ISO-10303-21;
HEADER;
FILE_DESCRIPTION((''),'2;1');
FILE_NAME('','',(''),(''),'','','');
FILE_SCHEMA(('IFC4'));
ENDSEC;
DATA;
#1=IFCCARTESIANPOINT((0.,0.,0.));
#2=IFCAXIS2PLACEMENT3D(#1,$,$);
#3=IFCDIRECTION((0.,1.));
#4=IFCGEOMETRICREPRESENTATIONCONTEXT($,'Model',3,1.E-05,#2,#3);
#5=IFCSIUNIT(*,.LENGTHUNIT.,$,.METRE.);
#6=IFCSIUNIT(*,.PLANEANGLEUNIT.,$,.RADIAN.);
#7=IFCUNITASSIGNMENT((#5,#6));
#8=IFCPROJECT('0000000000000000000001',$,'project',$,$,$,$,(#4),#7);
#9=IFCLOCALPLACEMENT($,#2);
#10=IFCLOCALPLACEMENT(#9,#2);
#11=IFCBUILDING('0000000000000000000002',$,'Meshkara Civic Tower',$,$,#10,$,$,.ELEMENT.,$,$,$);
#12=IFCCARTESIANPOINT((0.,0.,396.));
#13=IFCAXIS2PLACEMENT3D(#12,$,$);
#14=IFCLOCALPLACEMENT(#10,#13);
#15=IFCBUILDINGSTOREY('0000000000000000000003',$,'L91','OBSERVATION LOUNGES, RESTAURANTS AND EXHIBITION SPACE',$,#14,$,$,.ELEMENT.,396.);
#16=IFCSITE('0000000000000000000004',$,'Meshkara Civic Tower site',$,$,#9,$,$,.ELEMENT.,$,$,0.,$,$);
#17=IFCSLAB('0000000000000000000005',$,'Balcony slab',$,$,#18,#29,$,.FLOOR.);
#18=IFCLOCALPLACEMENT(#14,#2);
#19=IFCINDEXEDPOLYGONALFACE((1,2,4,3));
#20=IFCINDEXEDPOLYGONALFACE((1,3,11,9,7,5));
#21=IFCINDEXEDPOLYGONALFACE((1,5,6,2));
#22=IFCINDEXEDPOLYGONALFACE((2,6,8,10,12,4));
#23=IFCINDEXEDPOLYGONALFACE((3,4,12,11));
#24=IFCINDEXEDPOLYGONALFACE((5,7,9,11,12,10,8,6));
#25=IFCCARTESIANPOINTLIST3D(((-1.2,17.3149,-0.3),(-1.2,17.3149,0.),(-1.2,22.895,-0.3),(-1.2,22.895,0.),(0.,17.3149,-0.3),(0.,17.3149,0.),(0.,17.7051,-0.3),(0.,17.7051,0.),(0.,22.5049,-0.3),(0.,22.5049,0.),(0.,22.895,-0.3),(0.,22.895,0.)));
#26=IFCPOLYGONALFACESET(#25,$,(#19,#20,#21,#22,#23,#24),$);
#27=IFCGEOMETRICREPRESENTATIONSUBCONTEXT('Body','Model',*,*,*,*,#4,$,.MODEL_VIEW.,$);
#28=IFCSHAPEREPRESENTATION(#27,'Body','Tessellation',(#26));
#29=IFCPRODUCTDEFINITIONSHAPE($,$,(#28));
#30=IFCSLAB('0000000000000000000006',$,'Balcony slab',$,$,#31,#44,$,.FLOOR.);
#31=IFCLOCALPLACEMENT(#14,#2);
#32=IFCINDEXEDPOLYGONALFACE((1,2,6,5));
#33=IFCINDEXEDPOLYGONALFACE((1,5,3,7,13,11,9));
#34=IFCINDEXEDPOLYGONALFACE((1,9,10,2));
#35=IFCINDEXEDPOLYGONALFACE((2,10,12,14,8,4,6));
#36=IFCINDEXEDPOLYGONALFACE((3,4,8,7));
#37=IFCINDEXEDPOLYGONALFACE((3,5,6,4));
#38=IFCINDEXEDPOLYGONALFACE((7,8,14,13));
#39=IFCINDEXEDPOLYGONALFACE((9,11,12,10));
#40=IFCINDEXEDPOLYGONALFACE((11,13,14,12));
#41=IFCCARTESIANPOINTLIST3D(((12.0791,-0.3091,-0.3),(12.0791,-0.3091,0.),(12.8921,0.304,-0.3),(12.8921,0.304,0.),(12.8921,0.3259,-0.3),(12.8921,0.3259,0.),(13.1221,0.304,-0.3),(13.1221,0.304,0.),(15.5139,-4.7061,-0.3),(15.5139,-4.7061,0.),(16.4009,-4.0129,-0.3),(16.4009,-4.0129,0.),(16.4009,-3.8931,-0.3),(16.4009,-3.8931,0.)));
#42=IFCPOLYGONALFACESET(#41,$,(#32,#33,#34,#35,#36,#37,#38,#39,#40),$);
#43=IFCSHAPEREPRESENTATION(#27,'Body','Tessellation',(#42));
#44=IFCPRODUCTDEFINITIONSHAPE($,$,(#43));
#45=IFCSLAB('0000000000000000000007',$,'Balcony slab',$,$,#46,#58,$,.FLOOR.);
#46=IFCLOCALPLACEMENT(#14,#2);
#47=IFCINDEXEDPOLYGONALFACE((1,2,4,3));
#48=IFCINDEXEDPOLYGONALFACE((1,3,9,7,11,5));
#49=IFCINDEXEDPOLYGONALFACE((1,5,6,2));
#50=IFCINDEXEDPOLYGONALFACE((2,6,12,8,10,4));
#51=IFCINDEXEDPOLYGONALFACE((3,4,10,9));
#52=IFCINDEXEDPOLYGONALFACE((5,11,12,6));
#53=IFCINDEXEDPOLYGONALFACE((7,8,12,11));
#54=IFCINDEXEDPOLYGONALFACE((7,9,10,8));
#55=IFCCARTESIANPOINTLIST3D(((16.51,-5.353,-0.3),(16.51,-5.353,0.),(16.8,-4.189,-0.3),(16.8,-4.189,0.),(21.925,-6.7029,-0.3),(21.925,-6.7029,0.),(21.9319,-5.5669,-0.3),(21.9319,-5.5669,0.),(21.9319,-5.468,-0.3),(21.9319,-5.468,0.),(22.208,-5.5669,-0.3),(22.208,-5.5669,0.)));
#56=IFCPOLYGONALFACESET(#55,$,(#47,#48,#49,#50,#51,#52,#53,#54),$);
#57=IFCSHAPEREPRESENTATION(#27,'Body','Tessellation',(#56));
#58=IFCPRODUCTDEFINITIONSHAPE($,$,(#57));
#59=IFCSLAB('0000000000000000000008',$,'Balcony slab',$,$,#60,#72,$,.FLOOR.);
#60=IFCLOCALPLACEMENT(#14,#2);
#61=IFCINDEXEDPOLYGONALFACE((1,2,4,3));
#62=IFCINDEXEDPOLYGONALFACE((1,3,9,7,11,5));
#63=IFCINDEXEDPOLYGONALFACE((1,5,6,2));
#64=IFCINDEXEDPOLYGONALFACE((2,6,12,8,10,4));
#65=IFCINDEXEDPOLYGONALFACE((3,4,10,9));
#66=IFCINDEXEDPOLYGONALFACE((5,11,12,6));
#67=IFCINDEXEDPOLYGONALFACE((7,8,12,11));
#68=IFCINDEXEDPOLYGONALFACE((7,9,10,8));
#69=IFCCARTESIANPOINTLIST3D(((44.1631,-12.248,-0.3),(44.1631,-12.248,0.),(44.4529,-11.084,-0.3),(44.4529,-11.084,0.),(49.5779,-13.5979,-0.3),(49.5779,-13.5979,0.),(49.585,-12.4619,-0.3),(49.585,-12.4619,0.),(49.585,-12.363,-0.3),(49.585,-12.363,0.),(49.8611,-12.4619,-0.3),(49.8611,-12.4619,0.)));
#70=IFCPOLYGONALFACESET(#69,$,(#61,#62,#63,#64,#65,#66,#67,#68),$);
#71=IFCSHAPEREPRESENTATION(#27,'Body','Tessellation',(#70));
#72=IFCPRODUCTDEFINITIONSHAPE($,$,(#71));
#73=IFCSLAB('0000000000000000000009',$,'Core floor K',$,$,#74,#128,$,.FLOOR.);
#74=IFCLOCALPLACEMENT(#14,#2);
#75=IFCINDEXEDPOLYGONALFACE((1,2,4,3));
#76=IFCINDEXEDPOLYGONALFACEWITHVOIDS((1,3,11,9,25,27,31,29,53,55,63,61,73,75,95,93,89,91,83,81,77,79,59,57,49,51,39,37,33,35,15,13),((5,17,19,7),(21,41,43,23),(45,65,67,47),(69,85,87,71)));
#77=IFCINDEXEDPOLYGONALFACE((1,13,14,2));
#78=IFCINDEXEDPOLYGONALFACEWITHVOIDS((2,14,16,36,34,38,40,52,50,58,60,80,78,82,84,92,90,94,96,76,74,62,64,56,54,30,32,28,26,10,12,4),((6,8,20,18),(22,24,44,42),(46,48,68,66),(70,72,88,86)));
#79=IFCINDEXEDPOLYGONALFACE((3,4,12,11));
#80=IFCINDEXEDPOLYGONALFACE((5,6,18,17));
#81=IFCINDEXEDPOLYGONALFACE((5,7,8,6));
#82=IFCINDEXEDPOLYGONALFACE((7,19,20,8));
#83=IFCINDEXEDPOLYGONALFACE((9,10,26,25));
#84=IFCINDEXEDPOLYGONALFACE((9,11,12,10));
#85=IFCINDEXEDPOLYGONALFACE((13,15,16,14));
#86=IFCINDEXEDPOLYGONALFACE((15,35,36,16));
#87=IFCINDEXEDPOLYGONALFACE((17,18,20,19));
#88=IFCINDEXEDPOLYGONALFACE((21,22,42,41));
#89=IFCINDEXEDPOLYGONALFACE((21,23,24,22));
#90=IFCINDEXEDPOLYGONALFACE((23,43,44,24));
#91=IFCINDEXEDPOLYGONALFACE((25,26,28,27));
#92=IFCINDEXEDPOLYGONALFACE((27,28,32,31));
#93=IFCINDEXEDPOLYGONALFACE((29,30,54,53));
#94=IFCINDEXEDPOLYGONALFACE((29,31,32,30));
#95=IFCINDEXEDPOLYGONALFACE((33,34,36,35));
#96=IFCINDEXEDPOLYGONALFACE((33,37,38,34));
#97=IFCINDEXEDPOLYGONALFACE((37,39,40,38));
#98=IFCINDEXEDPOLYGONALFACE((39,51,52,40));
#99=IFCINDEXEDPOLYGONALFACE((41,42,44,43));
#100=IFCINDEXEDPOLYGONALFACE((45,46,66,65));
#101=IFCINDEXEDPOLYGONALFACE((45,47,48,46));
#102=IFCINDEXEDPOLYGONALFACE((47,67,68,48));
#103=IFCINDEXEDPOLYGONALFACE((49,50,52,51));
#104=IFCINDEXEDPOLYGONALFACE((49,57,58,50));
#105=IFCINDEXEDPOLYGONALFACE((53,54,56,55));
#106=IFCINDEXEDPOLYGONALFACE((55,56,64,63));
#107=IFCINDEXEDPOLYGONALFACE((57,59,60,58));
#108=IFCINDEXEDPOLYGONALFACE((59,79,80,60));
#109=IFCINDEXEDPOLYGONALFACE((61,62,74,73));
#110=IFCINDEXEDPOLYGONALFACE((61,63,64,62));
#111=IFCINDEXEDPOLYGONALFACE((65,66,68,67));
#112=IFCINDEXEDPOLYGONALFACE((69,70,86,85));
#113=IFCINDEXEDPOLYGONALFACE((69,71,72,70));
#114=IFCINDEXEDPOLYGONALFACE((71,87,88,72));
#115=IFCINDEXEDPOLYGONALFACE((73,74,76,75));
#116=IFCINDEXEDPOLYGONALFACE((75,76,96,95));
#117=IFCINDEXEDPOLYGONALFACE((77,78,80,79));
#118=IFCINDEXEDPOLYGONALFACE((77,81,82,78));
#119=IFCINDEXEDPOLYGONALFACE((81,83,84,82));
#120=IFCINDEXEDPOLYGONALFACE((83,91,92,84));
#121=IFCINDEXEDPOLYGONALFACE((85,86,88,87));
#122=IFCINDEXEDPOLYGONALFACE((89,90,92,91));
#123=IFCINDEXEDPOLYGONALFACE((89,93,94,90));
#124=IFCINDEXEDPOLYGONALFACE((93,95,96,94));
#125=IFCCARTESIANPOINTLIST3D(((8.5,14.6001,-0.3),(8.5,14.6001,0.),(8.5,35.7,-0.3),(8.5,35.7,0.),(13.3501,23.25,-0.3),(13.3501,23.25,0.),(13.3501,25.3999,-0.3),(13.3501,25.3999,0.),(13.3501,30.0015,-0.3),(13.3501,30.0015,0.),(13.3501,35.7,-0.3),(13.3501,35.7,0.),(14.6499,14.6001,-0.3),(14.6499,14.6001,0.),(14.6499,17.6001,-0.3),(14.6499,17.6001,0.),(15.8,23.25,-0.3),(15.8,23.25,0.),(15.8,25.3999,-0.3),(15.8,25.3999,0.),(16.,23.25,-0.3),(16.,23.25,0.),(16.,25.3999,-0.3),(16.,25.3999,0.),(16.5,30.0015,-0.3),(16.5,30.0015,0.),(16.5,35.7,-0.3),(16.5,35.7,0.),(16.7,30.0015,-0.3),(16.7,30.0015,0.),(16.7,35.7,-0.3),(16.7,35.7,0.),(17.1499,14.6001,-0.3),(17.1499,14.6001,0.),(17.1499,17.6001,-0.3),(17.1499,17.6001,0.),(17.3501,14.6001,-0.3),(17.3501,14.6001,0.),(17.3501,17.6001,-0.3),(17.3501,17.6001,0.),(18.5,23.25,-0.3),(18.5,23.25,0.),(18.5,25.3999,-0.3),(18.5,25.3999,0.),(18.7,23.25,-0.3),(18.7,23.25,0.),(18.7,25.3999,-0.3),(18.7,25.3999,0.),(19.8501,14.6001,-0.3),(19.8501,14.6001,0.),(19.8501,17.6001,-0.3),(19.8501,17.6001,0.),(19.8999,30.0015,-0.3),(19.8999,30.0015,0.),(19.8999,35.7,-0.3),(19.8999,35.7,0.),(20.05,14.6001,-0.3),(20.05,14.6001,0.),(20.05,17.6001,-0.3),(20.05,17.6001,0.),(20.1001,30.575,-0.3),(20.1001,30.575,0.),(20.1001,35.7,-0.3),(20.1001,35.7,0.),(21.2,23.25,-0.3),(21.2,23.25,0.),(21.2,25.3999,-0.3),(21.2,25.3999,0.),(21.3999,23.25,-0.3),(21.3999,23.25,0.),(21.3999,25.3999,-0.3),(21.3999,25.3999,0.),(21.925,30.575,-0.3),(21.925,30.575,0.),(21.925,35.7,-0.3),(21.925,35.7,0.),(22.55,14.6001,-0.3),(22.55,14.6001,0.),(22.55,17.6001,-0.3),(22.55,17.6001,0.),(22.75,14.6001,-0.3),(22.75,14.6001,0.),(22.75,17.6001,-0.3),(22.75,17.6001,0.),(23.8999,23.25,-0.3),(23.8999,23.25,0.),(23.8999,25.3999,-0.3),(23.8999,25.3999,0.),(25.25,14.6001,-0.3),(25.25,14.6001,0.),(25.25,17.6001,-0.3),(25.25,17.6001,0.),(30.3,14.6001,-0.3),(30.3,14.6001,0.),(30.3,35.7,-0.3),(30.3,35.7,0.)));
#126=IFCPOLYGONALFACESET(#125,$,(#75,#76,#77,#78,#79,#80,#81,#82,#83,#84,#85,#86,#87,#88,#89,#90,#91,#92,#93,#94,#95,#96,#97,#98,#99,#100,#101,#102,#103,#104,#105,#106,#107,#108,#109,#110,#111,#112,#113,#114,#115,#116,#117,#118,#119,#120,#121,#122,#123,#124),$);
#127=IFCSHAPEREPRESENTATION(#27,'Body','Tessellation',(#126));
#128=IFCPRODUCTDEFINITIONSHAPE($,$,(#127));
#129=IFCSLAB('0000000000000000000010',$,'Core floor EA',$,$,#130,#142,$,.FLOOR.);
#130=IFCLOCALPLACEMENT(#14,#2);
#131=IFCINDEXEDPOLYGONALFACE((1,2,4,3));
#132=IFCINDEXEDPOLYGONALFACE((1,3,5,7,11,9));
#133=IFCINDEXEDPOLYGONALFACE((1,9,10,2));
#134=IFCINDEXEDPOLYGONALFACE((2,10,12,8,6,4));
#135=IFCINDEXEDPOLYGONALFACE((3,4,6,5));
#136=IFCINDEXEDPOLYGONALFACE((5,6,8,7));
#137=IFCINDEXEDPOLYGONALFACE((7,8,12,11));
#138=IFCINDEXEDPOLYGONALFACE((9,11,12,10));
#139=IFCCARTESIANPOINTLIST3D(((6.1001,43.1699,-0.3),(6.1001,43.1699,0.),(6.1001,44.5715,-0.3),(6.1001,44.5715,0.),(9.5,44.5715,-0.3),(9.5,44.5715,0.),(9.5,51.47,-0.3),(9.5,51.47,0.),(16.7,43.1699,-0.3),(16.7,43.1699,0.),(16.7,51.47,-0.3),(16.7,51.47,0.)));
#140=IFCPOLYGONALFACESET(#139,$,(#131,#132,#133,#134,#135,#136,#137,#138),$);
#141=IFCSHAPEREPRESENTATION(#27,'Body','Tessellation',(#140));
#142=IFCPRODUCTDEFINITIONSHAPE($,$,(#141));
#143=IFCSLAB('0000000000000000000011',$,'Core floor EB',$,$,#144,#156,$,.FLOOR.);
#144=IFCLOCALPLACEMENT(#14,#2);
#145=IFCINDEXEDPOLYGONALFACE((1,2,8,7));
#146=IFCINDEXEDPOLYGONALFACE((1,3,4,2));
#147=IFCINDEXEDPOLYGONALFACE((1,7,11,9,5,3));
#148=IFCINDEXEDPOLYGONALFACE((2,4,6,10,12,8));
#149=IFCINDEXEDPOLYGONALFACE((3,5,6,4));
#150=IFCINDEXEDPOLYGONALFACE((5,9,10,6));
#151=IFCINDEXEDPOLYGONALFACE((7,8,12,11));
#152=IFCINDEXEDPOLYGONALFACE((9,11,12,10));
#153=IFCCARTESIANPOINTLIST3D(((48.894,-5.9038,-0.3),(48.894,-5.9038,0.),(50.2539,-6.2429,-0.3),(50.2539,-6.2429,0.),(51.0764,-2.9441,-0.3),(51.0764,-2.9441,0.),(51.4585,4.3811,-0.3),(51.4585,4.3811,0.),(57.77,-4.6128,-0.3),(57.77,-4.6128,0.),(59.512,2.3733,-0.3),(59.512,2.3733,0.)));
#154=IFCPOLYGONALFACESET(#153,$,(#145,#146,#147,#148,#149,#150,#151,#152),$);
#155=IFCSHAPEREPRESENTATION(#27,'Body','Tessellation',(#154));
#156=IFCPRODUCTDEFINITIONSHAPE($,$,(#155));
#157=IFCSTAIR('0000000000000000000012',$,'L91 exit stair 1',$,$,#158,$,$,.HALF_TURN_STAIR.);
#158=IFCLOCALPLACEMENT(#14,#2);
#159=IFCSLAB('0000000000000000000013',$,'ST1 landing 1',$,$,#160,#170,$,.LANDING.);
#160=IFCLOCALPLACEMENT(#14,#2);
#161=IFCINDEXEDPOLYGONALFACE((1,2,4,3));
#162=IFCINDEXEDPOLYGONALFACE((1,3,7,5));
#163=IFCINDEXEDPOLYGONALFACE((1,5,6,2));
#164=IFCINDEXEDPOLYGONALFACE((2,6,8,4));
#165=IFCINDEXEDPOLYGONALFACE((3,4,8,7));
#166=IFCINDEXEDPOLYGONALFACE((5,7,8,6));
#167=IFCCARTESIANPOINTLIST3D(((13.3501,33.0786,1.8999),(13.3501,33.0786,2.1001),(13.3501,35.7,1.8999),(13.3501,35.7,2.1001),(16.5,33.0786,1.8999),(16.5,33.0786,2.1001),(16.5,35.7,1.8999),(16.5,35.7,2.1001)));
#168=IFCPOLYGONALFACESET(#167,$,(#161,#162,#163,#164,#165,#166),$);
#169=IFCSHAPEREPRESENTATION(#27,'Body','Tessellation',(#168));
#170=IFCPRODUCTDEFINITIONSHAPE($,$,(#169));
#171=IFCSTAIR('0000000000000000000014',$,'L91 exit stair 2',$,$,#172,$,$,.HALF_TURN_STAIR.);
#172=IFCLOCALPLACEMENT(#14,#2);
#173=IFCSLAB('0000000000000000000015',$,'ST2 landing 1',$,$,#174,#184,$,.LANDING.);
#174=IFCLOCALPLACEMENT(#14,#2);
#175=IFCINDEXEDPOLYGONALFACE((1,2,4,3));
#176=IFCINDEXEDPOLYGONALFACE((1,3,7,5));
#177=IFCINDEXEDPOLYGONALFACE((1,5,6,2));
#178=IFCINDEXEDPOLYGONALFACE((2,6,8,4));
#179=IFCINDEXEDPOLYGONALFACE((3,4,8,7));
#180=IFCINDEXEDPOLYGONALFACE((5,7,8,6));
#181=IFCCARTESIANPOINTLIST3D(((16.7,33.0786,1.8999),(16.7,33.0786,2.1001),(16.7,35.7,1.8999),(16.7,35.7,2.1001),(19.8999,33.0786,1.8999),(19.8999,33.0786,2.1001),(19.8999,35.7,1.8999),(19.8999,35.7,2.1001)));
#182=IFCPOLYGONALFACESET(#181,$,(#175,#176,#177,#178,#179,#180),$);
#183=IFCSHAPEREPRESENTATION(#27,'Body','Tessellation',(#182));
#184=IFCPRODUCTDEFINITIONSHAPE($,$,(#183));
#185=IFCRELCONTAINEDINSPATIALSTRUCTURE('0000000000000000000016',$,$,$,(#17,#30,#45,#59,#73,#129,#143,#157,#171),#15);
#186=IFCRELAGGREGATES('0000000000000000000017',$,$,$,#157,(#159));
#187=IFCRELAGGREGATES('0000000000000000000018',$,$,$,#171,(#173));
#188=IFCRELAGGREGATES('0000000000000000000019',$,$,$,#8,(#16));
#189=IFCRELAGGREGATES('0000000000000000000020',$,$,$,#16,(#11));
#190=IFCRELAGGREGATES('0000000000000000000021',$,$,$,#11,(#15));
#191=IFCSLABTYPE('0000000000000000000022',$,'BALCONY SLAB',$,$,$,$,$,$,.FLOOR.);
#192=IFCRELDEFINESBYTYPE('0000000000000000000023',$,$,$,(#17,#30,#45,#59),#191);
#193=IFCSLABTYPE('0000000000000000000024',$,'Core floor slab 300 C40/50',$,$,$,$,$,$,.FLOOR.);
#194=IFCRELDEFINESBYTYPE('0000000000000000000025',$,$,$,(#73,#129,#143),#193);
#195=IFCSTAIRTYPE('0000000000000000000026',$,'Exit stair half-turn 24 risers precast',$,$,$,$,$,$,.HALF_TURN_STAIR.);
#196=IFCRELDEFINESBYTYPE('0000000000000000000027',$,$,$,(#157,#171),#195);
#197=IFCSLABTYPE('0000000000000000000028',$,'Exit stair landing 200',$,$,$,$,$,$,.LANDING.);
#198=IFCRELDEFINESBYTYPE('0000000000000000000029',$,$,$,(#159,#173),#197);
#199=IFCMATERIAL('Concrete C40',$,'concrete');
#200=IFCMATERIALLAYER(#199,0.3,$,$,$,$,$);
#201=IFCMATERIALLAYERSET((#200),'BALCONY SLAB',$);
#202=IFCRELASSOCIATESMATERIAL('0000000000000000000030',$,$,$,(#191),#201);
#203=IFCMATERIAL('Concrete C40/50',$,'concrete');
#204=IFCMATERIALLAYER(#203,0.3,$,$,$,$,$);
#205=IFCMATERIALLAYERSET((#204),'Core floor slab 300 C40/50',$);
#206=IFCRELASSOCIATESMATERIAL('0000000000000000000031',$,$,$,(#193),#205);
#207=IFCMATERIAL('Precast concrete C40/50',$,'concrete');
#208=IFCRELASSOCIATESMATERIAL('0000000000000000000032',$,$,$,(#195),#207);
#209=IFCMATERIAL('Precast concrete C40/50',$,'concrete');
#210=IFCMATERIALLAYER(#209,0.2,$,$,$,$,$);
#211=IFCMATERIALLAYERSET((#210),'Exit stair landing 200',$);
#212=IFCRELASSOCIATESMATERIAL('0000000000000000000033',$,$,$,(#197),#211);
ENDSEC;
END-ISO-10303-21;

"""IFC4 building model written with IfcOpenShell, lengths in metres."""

from ifc_helpers import new_model, si_unit, direction, frame, origin, place, context, subcontext, project, spatial, polyline, outline, extrude, material, layer, layer_set, type_object, element, aggregate, save


model = new_model("IFC4")

# Units and contexts
model_context = context("Model", 3, precision=1e-05, world=origin(), true_north=direction((0.0, 1.0)))
body_context = subcontext(model_context, "Body", "Model", "MODEL_VIEW")
ifc_project = project(units=[si_unit("LENGTHUNIT", "METRE"), si_unit("PLANEANGLEUNIT", "RADIAN")], contexts=[model_context])

# Site, building, storey
site_placement = place(None, origin())
site = spatial("IfcSite", under=ifc_project, at=site_placement, Name="Meshkara Civic Tower site", CompositionType="ELEMENT", RefElevation=0.0)
building_placement = place(site_placement, origin())
building = spatial("IfcBuilding", under=site, at=building_placement, Name="Meshkara Civic Tower", CompositionType="ELEMENT")
storey_placement = place(building_placement, frame((0.0, 0.0, 396.0)))
storey = spatial("IfcBuildingStorey", under=building, at=storey_placement, Name="L91", Description="OBSERVATION LOUNGES, RESTAURANTS AND EXHIBITION SPACE", CompositionType="ELEMENT", Elevation=396.0)

# Slabs
ifc_material_1 = material(Name="Concrete C40", Category="concrete")
ifc_layer_1 = layer(ifc_material_1, 0.3)
ifc_layer_set_1 = layer_set([ifc_layer_1], Name="BALCONY SLAB")
slab_type_1 = type_object("IfcSlabType", Name="BALCONY SLAB", PredefinedType="FLOOR", material=ifc_layer_set_1)
slab_1_placement = place(storey_placement, frame((0.0, 0.0, -0.3)))
element("IfcSlab", 1, at=slab_1_placement, inside=storey, type_object=slab_type_1, Name="Balcony slab", PredefinedType="FLOOR", context=body_context, shape_type="SweptSolid", body=[
    extrude(outline(polyline([(0.0, 17.7051), (0.0, 17.3149), (-1.2, 17.3149), (-1.2, 22.895), (0.0, 22.895), (0.0, 22.5049), (0.0, 17.7051)])), origin(), (0.0, 0.0, 1.0), 0.3),
])
slab_2_placement = place(storey_placement, frame((0.0, 0.0, -0.3)))
element("IfcSlab", 2, at=slab_2_placement, inside=storey, type_object=slab_type_1, Name="Balcony slab", PredefinedType="FLOOR", context=body_context, shape_type="SweptSolid", body=[
    extrude(outline(polyline([(15.5139, -4.7061), (12.0791, -0.3091), (12.8921, 0.3259), (12.8921, 0.304), (13.1221, 0.304), (16.4009, -3.8931), (16.4009, -4.0129), (15.5139, -4.7061)])), origin(), (0.0, 0.0, 1.0), 0.3),
])
slab_3_placement = place(storey_placement, frame((0.0, 0.0, -0.3)))
element("IfcSlab", 3, at=slab_3_placement, inside=storey, type_object=slab_type_1, Name="Balcony slab", PredefinedType="FLOOR", context=body_context, shape_type="SweptSolid", body=[
    extrude(outline(polyline([(21.925, -6.7029), (16.51, -5.353), (16.8, -4.189), (21.9319, -5.468), (21.9319, -5.5669), (22.208, -5.5669), (21.925, -6.7029)])), origin(), (0.0, 0.0, 1.0), 0.3),
])
slab_4_placement = place(storey_placement, frame((0.0, 0.0, -0.3)))
element("IfcSlab", 4, at=slab_4_placement, inside=storey, type_object=slab_type_1, Name="Balcony slab", PredefinedType="FLOOR", context=body_context, shape_type="SweptSolid", body=[
    extrude(outline(polyline([(49.5779, -13.5979), (44.1631, -12.248), (44.4529, -11.084), (49.585, -12.363), (49.585, -12.4619), (49.8611, -12.4619), (49.5779, -13.5979)])), origin(), (0.0, 0.0, 1.0), 0.3),
])
ifc_material_2 = material(Name="Concrete C40/50", Category="concrete")
ifc_layer_2 = layer(ifc_material_2, 0.3)
ifc_layer_set_2 = layer_set([ifc_layer_2], Name="Core floor slab 300 C40/50")
slab_type_2 = type_object("IfcSlabType", Name="Core floor slab 300 C40/50", PredefinedType="FLOOR", material=ifc_layer_set_2)
slab_5_placement = place(storey_placement, frame((0.0, 0.0, -0.3)))
element("IfcSlab", 5, at=slab_5_placement, inside=storey, type_object=slab_type_2, Name="Core floor K", PredefinedType="FLOOR", context=body_context, shape_type="SweptSolid", body=[
    extrude(outline(polyline([(8.5, 35.7), (13.3501, 35.7), (13.3501, 30.0015), (16.5, 30.0015), (16.5, 35.7), (16.7, 35.7), (16.7, 30.0015), (19.8999, 30.0015), (19.8999, 35.7), (20.1001, 35.7), (20.1001, 30.575), (21.925, 30.575), (21.925, 35.7), (30.3, 35.7), (30.3, 14.6001), (25.25, 14.6001), (25.25, 17.6001), (22.75, 17.6001), (22.75, 14.6001), (22.55, 14.6001), (22.55, 17.6001), (20.05, 17.6001), (20.05, 14.6001), (19.8501, 14.6001), (19.8501, 17.6001), (17.3501, 17.6001), (17.3501, 14.6001), (17.1499, 14.6001), (17.1499, 17.6001), (14.6499, 17.6001), (14.6499, 14.6001), (8.5, 14.6001), (8.5, 35.7)]), holes=[polyline([(13.3501, 23.25), (15.8, 23.25), (15.8, 25.3999), (13.3501, 25.3999), (13.3501, 23.25)]), polyline([(18.5, 23.25), (18.5, 25.3999), (16.0, 25.3999), (16.0, 23.25), (18.5, 23.25)]), polyline([(18.7, 23.25), (21.2, 23.25), (21.2, 25.3999), (18.7, 25.3999), (18.7, 23.25)]), polyline([(23.8999, 23.25), (23.8999, 25.3999), (21.3999, 25.3999), (21.3999, 23.25), (23.8999, 23.25)])]), origin(), (0.0, 0.0, 1.0), 0.3),
])
slab_6_placement = place(storey_placement, frame((0.0, 0.0, -0.3)))
element("IfcSlab", 6, at=slab_6_placement, inside=storey, type_object=slab_type_2, Name="Core floor EA", PredefinedType="FLOOR", context=body_context, shape_type="SweptSolid", body=[
    extrude(outline(polyline([(16.7, 43.1699), (16.7, 51.47), (9.5, 51.47), (9.5, 44.5715), (6.1001, 44.5715), (6.1001, 43.1699), (16.7, 43.1699)])), origin(), (0.0, 0.0, 1.0), 0.3),
])
slab_7_placement = place(storey_placement, frame((0.0, 0.0, -0.3)))
element("IfcSlab", 7, at=slab_7_placement, inside=storey, type_object=slab_type_2, Name="Core floor EB", PredefinedType="FLOOR", context=body_context, shape_type="SweptSolid", body=[
    extrude(outline(polyline([(51.4585, 4.3811), (59.512, 2.3733), (57.77, -4.6128), (51.0764, -2.9441), (50.2539, -6.2429), (48.894, -5.9038), (51.4585, 4.3811)])), origin(), (0.0, 0.0, 1.0), 0.3),
])

# Stairs, slabs
ifc_material_3 = material(Name="Precast concrete C40/50", Category="concrete")
stair_type = type_object("IfcStairType", Name="Exit stair half-turn 24 risers precast", PredefinedType="HALF_TURN_STAIR", material=ifc_material_3)
stair_1_placement = place(storey_placement, origin())
stair_1 = element("IfcStair", 8, at=stair_1_placement, inside=storey, type_object=stair_type, Name="L91 exit stair 1", PredefinedType="HALF_TURN_STAIR")
ifc_material_4 = material(Name="Precast concrete C40/50", Category="concrete")
ifc_layer_3 = layer(ifc_material_4, 0.2)
ifc_layer_set_3 = layer_set([ifc_layer_3], Name="Exit stair landing 200")
slab_type_3 = type_object("IfcSlabType", Name="Exit stair landing 200", PredefinedType="LANDING", material=ifc_layer_set_3)
slab_8_placement = place(storey_placement, frame((0.0, 0.0, 1.8999)))
slab_8 = element("IfcSlab", 9, at=slab_8_placement, type_object=slab_type_3, Name="ST1 landing 1", PredefinedType="LANDING", context=body_context, shape_type="SweptSolid", body=[
    extrude(outline(polyline([(16.5, 33.0786), (16.5, 35.7), (13.3501, 35.7), (13.3501, 33.0786), (16.5, 33.0786)])), origin(), (0.0, 0.0, 1.0), 0.2002),
])
aggregate(stair_1, [slab_8])
stair_2_placement = place(storey_placement, origin())
stair_2 = element("IfcStair", 10, at=stair_2_placement, inside=storey, type_object=stair_type, Name="L91 exit stair 2", PredefinedType="HALF_TURN_STAIR")
slab_9_placement = place(storey_placement, frame((0.0, 0.0, 1.8999)))
slab_9 = element("IfcSlab", 11, at=slab_9_placement, type_object=slab_type_3, Name="ST2 landing 1", PredefinedType="LANDING", context=body_context, shape_type="SweptSolid", body=[
    extrude(outline(polyline([(19.8999, 33.0786), (19.8999, 35.7), (16.7, 35.7), (16.7, 33.0786), (19.8999, 33.0786)])), origin(), (0.0, 0.0, 1.0), 0.2002),
])
aggregate(stair_2, [slab_9])

save(model, "model.ifc")
